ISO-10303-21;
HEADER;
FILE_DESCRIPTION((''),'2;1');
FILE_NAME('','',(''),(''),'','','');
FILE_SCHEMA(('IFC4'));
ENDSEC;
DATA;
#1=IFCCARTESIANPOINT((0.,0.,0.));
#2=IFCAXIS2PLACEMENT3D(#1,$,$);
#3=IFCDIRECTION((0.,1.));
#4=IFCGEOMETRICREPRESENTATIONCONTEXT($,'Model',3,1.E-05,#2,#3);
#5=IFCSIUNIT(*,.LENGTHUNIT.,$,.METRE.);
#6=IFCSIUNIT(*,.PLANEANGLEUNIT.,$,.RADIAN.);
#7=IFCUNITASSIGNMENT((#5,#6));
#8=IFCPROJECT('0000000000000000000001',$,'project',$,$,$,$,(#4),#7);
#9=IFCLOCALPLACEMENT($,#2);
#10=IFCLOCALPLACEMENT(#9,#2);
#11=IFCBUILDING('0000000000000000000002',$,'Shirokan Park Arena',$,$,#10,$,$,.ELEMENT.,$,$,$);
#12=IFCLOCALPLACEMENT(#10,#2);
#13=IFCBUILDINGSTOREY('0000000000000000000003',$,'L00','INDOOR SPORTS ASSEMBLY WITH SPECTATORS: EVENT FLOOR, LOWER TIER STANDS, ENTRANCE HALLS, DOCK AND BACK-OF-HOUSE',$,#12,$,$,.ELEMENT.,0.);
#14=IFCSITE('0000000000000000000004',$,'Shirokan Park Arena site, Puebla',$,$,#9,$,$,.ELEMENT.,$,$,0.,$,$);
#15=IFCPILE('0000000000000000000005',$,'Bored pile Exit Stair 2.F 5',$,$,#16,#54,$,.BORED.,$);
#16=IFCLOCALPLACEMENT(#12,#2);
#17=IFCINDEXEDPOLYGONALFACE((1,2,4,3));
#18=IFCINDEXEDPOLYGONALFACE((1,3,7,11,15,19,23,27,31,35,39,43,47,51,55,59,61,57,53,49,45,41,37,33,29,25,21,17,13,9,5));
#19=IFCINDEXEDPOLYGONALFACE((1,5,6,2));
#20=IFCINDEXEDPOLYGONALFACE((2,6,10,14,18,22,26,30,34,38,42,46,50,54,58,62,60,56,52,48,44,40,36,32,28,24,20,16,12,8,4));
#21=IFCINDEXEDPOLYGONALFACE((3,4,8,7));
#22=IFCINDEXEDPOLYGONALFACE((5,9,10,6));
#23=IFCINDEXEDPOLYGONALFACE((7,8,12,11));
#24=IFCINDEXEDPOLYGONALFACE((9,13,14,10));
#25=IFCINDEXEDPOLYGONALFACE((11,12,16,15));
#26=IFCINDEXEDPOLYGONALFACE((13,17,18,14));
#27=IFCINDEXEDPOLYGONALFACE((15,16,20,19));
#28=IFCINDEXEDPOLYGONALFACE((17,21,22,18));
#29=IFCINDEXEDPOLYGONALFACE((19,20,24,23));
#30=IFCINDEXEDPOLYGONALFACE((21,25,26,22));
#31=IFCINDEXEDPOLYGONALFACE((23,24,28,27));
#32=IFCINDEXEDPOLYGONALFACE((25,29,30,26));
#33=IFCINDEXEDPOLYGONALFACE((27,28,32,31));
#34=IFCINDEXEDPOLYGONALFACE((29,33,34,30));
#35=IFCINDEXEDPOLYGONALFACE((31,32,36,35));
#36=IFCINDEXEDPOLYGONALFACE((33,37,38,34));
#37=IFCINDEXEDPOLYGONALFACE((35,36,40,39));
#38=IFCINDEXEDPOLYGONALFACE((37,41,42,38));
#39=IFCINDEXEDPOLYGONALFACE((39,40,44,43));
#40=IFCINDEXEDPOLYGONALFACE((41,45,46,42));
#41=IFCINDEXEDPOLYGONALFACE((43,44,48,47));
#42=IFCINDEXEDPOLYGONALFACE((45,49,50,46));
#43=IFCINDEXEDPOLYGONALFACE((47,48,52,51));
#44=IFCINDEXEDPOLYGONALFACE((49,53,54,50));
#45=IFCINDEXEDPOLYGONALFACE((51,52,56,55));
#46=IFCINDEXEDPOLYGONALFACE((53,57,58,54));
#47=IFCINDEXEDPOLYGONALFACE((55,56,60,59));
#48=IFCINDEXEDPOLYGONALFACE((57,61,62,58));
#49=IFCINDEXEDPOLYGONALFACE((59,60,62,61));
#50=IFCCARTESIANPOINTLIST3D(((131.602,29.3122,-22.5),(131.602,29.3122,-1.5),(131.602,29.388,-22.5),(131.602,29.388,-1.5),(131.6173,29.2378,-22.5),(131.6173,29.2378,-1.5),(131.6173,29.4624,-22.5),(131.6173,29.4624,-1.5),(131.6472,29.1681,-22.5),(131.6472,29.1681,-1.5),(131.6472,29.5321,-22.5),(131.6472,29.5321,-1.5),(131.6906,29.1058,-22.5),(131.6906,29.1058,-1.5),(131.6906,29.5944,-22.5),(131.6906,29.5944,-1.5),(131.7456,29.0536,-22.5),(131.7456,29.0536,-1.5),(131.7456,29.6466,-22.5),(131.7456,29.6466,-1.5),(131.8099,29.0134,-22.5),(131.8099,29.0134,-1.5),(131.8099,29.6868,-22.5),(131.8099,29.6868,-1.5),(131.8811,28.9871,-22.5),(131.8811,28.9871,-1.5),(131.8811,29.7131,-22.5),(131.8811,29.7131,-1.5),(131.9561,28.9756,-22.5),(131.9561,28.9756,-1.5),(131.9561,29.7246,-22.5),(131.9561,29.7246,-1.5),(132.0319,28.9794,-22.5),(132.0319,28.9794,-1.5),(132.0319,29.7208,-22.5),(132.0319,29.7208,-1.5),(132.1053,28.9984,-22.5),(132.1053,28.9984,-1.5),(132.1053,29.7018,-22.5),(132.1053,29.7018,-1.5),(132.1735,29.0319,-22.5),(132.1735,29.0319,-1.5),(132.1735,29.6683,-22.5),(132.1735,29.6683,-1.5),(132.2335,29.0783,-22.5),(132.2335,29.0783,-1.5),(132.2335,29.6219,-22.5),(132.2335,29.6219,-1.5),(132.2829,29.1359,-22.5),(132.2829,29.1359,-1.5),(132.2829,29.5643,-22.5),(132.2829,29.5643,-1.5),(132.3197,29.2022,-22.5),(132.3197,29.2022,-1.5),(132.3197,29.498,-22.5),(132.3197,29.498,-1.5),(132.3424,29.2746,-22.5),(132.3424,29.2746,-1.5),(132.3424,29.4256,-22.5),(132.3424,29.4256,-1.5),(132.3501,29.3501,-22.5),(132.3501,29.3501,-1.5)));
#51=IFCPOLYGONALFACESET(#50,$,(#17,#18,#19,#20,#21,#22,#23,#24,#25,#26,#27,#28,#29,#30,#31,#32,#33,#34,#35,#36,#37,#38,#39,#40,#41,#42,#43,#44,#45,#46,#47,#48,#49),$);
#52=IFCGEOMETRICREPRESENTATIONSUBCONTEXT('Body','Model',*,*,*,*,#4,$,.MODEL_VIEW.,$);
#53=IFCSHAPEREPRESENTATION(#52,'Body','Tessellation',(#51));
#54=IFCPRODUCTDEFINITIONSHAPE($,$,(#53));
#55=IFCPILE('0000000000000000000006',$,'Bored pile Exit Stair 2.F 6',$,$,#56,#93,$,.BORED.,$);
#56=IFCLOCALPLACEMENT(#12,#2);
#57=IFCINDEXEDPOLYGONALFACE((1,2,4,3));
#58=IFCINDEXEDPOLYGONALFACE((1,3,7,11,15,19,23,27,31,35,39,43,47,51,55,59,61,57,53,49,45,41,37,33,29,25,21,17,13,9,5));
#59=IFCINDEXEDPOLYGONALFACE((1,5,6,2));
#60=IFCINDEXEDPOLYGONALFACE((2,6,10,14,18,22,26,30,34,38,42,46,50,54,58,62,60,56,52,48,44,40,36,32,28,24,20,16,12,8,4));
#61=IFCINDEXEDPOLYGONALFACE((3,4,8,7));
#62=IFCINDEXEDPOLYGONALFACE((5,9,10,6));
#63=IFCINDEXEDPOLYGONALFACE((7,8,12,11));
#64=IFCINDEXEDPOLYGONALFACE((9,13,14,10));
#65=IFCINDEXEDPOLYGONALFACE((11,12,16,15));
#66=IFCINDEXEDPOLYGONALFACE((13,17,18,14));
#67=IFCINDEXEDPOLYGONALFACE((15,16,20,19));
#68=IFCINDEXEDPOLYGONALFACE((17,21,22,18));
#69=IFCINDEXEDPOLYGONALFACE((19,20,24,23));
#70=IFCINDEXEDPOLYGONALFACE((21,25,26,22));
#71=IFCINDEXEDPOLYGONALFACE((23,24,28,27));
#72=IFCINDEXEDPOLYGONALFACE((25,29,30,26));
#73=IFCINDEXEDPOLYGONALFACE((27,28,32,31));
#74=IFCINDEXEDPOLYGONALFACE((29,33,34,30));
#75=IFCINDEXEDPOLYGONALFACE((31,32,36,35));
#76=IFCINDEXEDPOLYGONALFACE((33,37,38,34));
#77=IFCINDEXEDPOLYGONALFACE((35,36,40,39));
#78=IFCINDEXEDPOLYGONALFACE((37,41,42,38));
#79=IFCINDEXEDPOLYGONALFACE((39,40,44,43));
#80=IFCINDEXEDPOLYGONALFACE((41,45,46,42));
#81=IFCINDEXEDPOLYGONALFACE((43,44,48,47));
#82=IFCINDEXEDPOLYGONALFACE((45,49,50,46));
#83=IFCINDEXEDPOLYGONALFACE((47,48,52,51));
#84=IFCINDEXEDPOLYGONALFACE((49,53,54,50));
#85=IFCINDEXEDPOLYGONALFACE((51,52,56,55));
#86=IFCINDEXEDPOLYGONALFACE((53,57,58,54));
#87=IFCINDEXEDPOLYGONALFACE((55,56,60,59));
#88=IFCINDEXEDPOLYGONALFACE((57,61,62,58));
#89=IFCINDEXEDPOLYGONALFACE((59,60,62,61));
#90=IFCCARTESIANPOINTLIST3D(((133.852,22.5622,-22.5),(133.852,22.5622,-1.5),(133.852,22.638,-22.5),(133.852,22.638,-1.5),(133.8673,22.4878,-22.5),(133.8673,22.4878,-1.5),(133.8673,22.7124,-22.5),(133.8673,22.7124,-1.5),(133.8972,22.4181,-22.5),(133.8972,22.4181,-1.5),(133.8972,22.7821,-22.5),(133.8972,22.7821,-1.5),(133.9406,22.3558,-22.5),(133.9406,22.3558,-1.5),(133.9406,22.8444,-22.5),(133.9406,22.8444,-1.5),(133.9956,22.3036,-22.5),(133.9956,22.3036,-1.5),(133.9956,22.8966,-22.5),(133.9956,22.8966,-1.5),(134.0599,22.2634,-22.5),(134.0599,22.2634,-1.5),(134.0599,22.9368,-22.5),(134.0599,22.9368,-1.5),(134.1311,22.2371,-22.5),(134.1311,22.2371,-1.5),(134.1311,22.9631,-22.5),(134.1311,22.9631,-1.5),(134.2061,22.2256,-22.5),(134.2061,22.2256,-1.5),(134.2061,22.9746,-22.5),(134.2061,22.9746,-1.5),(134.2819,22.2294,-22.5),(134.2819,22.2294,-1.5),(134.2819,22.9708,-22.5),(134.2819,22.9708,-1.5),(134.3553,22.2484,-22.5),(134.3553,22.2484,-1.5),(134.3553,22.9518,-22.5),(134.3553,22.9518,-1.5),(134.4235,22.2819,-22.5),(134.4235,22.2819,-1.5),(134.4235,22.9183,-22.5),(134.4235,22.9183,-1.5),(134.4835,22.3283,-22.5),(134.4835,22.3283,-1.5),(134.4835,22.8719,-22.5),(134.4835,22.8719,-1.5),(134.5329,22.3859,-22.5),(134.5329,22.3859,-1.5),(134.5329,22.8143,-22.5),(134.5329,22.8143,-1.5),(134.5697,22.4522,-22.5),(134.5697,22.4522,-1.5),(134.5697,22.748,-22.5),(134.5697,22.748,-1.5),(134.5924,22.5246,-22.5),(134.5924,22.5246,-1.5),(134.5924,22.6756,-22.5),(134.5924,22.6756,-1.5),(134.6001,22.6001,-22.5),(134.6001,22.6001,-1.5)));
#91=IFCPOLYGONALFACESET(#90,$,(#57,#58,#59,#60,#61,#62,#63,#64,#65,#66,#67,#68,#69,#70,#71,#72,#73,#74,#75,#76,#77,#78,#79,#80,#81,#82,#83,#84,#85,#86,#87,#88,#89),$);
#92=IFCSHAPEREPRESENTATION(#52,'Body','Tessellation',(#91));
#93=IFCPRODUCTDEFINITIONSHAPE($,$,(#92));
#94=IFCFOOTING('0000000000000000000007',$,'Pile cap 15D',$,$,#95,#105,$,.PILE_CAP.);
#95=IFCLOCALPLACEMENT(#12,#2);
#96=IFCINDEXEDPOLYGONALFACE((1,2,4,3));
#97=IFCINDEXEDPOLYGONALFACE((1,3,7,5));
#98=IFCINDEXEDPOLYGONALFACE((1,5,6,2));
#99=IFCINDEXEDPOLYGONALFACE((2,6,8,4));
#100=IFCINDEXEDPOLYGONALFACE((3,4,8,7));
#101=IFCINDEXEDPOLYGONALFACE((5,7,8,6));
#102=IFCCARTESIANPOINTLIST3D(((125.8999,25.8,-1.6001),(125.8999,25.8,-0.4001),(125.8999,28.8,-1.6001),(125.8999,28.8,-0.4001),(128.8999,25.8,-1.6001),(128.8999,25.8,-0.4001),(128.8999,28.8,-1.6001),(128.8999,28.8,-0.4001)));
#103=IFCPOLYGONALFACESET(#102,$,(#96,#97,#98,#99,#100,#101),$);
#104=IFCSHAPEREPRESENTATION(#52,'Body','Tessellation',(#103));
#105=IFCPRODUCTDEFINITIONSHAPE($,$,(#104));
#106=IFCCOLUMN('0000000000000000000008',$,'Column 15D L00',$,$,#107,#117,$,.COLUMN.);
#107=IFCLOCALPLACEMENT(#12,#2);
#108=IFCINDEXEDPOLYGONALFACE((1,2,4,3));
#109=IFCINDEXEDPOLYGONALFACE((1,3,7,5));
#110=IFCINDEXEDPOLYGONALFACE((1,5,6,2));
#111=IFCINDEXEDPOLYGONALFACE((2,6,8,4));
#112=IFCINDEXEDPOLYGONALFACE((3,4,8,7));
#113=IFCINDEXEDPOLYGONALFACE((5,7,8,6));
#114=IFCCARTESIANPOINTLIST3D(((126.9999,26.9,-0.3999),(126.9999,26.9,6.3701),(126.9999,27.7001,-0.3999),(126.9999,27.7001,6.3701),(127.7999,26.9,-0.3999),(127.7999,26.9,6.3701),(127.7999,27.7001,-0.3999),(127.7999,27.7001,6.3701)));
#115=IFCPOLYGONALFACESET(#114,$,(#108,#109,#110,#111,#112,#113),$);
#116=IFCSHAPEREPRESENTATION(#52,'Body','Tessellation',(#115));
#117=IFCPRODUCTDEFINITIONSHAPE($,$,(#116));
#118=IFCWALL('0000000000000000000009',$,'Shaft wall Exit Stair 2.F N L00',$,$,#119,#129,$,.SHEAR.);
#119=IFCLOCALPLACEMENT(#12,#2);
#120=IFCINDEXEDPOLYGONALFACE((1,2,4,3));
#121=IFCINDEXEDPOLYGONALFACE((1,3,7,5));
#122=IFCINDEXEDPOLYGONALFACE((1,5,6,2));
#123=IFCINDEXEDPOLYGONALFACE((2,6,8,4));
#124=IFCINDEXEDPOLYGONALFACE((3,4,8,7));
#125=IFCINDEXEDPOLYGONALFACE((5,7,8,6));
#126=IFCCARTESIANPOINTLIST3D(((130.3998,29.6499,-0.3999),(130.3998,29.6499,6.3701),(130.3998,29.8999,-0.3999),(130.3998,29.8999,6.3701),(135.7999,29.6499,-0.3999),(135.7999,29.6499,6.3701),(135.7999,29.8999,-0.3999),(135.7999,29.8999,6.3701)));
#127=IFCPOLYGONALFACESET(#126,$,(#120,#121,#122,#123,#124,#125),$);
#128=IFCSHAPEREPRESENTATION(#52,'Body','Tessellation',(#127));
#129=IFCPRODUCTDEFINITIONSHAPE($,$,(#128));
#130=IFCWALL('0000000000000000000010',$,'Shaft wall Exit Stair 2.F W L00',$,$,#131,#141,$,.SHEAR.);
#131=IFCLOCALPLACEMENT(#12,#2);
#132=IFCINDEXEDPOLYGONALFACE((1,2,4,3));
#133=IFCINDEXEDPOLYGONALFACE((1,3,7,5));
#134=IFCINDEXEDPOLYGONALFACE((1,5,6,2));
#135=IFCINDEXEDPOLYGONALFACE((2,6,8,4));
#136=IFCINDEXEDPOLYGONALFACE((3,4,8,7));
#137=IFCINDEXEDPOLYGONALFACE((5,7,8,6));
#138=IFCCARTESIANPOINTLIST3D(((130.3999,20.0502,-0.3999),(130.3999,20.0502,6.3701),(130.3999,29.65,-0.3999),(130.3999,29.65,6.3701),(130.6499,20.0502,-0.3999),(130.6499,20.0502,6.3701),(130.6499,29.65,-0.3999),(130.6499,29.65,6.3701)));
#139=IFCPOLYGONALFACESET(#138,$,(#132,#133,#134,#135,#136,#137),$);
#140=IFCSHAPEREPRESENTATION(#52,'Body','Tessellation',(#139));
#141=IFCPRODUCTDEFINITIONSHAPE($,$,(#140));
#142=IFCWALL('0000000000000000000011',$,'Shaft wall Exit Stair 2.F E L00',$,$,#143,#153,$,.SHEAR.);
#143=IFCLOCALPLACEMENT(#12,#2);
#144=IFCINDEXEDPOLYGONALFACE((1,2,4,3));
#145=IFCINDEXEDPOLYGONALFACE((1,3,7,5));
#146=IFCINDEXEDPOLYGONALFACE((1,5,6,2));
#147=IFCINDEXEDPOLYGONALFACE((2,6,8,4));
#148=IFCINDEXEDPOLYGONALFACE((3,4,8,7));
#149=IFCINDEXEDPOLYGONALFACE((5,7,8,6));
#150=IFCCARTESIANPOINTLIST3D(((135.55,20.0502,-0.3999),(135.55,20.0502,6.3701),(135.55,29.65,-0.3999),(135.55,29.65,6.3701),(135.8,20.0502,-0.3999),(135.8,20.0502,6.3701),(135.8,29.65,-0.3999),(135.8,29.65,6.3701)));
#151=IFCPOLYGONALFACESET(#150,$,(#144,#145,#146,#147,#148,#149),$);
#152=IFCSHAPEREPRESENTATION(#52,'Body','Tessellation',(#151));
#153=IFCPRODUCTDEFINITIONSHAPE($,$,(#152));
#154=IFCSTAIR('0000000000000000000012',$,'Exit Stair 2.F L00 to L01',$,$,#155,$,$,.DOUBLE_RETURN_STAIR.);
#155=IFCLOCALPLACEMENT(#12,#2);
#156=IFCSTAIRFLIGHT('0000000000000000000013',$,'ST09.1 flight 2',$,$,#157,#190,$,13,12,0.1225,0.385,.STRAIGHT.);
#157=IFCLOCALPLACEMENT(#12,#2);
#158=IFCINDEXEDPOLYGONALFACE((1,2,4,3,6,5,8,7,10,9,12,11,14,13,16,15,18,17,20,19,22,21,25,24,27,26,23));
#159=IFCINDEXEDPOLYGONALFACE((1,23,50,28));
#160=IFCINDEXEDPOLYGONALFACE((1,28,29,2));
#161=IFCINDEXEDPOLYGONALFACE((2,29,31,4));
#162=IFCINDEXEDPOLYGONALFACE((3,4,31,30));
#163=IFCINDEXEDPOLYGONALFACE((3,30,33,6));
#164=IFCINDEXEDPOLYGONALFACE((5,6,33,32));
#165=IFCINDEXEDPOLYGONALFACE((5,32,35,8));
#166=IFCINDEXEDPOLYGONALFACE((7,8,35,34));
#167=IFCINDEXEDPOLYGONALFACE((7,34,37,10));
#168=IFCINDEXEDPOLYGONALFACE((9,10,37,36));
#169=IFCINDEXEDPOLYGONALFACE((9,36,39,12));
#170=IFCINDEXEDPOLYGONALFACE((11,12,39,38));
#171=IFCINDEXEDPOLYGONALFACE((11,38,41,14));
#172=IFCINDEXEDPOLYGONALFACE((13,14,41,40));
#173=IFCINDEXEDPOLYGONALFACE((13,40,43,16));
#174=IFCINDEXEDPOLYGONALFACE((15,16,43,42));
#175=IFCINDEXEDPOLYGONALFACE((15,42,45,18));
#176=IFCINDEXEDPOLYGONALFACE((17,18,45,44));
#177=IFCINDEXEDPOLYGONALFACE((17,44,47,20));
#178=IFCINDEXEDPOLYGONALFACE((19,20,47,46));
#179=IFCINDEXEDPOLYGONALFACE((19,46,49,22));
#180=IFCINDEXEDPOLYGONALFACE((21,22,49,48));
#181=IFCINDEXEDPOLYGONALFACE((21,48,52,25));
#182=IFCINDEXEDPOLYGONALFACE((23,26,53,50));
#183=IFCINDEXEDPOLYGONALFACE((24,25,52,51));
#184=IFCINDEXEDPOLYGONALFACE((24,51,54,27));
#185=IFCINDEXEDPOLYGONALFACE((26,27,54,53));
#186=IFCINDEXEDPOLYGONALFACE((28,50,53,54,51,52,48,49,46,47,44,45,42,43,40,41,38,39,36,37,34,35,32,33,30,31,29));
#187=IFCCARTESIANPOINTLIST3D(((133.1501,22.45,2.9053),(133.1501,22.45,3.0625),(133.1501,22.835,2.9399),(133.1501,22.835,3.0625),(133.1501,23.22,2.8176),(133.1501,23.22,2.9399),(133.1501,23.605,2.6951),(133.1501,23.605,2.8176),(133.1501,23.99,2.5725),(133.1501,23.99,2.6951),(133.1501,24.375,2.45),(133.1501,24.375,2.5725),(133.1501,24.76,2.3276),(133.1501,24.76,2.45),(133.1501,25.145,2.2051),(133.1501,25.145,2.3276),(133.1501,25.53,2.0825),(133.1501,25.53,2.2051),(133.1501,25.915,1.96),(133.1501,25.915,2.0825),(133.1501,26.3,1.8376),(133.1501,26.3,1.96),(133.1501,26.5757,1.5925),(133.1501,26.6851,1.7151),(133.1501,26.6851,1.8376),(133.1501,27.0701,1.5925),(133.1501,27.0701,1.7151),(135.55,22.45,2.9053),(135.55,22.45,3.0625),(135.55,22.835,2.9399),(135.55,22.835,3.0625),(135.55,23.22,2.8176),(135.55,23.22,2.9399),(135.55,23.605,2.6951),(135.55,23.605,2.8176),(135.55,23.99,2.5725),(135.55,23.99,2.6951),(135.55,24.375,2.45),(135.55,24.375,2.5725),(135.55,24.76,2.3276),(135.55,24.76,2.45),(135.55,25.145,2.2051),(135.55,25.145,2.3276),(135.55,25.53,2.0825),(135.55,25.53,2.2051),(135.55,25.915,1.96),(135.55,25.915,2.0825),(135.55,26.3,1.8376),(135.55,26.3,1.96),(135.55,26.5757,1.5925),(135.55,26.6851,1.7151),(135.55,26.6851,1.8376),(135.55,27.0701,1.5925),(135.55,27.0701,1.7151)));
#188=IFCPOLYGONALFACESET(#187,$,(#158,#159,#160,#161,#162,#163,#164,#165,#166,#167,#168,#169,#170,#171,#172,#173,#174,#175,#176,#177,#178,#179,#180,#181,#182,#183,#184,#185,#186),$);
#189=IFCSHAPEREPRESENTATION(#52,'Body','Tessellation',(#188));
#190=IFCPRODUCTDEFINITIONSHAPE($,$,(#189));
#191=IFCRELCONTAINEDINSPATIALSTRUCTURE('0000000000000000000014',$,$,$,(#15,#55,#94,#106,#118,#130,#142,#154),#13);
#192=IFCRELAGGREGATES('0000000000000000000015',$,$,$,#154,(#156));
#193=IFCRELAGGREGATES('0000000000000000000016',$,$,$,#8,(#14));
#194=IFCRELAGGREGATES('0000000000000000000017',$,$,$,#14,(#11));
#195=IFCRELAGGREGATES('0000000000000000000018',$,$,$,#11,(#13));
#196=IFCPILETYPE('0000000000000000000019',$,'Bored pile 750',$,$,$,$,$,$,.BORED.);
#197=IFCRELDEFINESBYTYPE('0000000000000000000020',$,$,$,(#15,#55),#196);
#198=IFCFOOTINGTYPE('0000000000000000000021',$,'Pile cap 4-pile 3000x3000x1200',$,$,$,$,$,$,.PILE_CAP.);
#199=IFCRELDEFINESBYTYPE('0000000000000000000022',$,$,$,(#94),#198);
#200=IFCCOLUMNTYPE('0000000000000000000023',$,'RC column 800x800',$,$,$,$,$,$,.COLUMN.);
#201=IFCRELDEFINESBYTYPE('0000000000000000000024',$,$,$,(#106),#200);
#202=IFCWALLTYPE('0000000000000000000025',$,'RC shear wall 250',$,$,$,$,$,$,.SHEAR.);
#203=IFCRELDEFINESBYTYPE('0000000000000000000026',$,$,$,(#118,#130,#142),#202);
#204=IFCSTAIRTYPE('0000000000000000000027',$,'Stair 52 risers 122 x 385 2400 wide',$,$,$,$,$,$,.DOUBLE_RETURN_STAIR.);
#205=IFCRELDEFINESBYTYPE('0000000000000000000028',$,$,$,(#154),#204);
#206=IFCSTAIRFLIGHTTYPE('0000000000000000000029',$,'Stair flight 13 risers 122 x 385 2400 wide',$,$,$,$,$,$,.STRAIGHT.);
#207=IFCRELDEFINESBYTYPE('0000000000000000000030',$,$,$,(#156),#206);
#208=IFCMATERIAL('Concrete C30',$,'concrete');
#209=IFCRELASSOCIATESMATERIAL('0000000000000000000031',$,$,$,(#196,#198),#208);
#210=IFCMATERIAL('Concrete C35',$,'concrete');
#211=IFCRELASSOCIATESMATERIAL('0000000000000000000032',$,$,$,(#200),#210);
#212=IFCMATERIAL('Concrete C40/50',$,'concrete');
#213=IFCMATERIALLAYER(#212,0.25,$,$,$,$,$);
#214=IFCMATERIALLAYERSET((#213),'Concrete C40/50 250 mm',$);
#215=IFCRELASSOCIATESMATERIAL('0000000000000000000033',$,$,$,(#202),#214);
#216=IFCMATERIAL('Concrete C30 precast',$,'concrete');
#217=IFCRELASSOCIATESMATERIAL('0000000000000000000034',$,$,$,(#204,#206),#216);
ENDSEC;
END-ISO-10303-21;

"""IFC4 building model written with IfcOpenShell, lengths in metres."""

from ifc_helpers import new_model, si_unit, direction, frame, frame_2d, origin, origin_2d, place, context, subcontext, project, spatial, polyline, rectangle, circle, outline, extrude, material, layer, layer_set, material_profile, profile_set, type_object, element, aggregate, save


model = new_model("IFC4")

# Units and contexts
model_context = context("Model", 3, precision=1e-05, world=origin(), true_north=direction((0.0, 1.0)))
body_context = subcontext(model_context, "Body", "Model", "MODEL_VIEW")
ifc_project = project(units=[si_unit("LENGTHUNIT", "METRE"), si_unit("PLANEANGLEUNIT", "RADIAN")], contexts=[model_context])

# Site, building, storey
site_placement = place(None, origin())
site = spatial("IfcSite", under=ifc_project, at=site_placement, Name="Shirokan Park Arena site, Puebla", CompositionType="ELEMENT", RefElevation=0.0)
building_placement = place(site_placement, origin())
building = spatial("IfcBuilding", under=site, at=building_placement, Name="Shirokan Park Arena", CompositionType="ELEMENT")
storey_placement = place(building_placement, origin())
storey = spatial("IfcBuildingStorey", under=building, at=storey_placement, Name="L00", Description="INDOOR SPORTS ASSEMBLY WITH SPECTATORS: EVENT FLOOR, LOWER TIER STANDS, ENTRANCE HALLS, DOCK AND BACK-OF-HOUSE", CompositionType="ELEMENT", Elevation=0.0)

# Piles
ifc_material_1 = material(Name="Concrete C30", Category="concrete")
ifc_material_profile_1 = material_profile(ifc_material_1, circle(Radius=0.375, at=origin_2d()), Name="D750")
ifc_profile_set_1 = profile_set([ifc_material_profile_1], Name="Concrete C30")
pile_type_1 = type_object("IfcPileType", Name="Bored pile 750", PredefinedType="BORED", material=ifc_profile_set_1)
for number, where, z_axis, x_axis, name in (
    (1, (131.9751, 29.3501, -1.5), (0.0, 0.0, -1.0), (1.0, 0.0, 0.0), "Bored pile Exit Stair 2.F 5"),
    (2, (134.2251, 22.6001, -1.5), (0.0, 0.0, -1.0), (1.0, 0.0, 0.0), "Bored pile Exit Stair 2.F 6"),
):
    element("IfcPile", number, at=place(storey_placement, frame(where, z_axis=z_axis, x_axis=x_axis)), inside=storey, type_object=pile_type_1, Name=name, PredefinedType="BORED", context=body_context, shape_type="SweptSolid", body=[
        extrude(circle(Radius=0.375, at=origin_2d()), origin(), (0.0, 0.0, 1.0), 21.0),
    ])

# Footing
footing_type = type_object("IfcFootingType", Name="Pile cap 4-pile 3000x3000x1200", PredefinedType="PILE_CAP", material=ifc_material_1)
footing_placement = place(storey_placement, frame((127.3999, 27.3, -1.6001), z_axis=(0.0, 0.0, 1.0), x_axis=(1.0, 0.0, 0.0)))
element("IfcFooting", 3, at=footing_placement, inside=storey, type_object=footing_type, Name="Pile cap 15D", PredefinedType="PILE_CAP", context=body_context, shape_type="SweptSolid", body=[
    extrude(rectangle(XDim=3.0, YDim=3.0, at=origin_2d()), origin(), (0.0, 0.0, 1.0), 1.2),
])

# Column
ifc_material_2 = material(Name="Concrete C35", Category="concrete")
ifc_material_profile_2 = material_profile(ifc_material_2, rectangle(XDim=0.8, YDim=0.8, at=origin_2d()), Name="800x800")
ifc_profile_set_2 = profile_set([ifc_material_profile_2], Name="Concrete C35")
column_type = type_object("IfcColumnType", Name="RC column 800x800", PredefinedType="COLUMN", material=ifc_profile_set_2)
column_placement = place(storey_placement, frame((127.3999, 27.3, -0.3999), z_axis=(0.0, 0.0, 1.0), x_axis=(1.0, 0.0, 0.0)))
element("IfcColumn", 4, at=column_placement, inside=storey, type_object=column_type, Name="Column 15D L00", PredefinedType="COLUMN", context=body_context, shape_type="SweptSolid", body=[
    extrude(rectangle(XDim=0.8, YDim=0.8, at=origin_2d()), origin(), (0.0, 0.0, 1.0), 6.77),
])

# Walls
ifc_material_3 = material(Name="Concrete C40/50", Category="concrete")
ifc_layer = layer(ifc_material_3, 0.25)
ifc_layer_set = layer_set([ifc_layer], Name="Concrete C40/50 250 mm")
wall_type = type_object("IfcWallType", Name="RC shear wall 250", PredefinedType="SHEAR", material=ifc_layer_set)
wall_placement = place(storey_placement, frame((135.8, 29.7749, -0.3999), z_axis=(0.0, 0.0, 1.0), x_axis=(-1.0, 0.0, 0.0)))
element("IfcWall", 5, at=wall_placement, inside=storey, type_object=wall_type, Name="Shaft wall Exit Stair 2.F N L00", PredefinedType="SHEAR", context=body_context, shape_type="SweptSolid", body=[
    extrude(rectangle(XDim=5.4001, YDim=0.25, at=frame_2d((2.7002, 0.0))), origin(), (0.0, 0.0, 1.0), 6.77),
])
for number, where, z_axis, x_axis, name in (
    (6, (130.5249, 29.6499, -0.3999), (0.0, 0.0, 1.0), (0.0, -1.0, 0.0), "Shaft wall Exit Stair 2.F W L00"),
    (7, (135.675, 29.6499, -0.3999), (0.0, 0.0, 1.0), (0.0, -1.0, 0.0), "Shaft wall Exit Stair 2.F E L00"),
):
    element("IfcWall", number, at=place(storey_placement, frame(where, z_axis=z_axis, x_axis=x_axis)), inside=storey, type_object=wall_type, Name=name, PredefinedType="SHEAR", context=body_context, shape_type="SweptSolid", body=[
        extrude(rectangle(XDim=9.5999, YDim=0.25, at=frame_2d((4.7998, 0.0))), origin(), (0.0, 0.0, 1.0), 6.77),
    ])

# Stair, stair flight
ifc_material_4 = material(Name="Concrete C30 precast", Category="concrete")
stair_type = type_object("IfcStairType", Name="Stair 52 risers 122 x 385 2400 wide", PredefinedType="DOUBLE_RETURN_STAIR", material=ifc_material_4)
stair_placement = place(storey_placement, origin())
stair = element("IfcStair", 8, at=stair_placement, inside=storey, type_object=stair_type, Name="Exit Stair 2.F L00 to L01", PredefinedType="DOUBLE_RETURN_STAIR")
stair_flight_type = type_object("IfcStairFlightType", Name="Stair flight 13 risers 122 x 385 2400 wide", PredefinedType="STRAIGHT", material=ifc_material_4)
stair_flight_1_placement = place(storey_placement, frame((134.3501, 27.0701, 1.5925), z_axis=(0.0, 0.0, 1.0), x_axis=(0.0, -1.0, 0.0)))
stair_flight_1 = element("IfcStairFlight", 9, at=stair_flight_1_placement, type_object=stair_flight_type, Name="ST09.1 flight 2", NumberOfRisers=13, NumberOfTreads=12, PredefinedType="STRAIGHT", RiserHeight=0.1225, TreadLength=0.385, context=body_context, shape_type="SweptSolid", body=[
    extrude(outline(polyline([(0.0, 0.0), (0.0, 0.1226), (0.385, 0.1226), (0.385, 0.2451), (0.77, 0.2451), (0.77, 0.3674), (1.155, 0.3674), (1.155, 0.49), (1.54, 0.49), (1.54, 0.6125), (1.925, 0.6125), (1.925, 0.7351), (2.3101, 0.7351), (2.3101, 0.8574), (2.6951, 0.8574), (2.6951, 0.98), (3.0801, 0.98), (3.0801, 1.1025), (3.4651, 1.1025), (3.4651, 1.2251), (3.8501, 1.2251), (3.8501, 1.3474), (4.2351, 1.3474), (4.2351, 1.47), (4.6201, 1.47), (4.6201, 1.5925), (4.6201, 1.3127), (0.4944, 0.0), (0.0, 0.0)])), frame((0.0, 1.2, 0.0), z_axis=(0.0, -1.0, 0.0), x_axis=(1.0, 0.0, 0.0)), (0.0, 0.0, 1.0), 2.3999),
])
aggregate(stair, [stair_flight_1])

save(model, "model.ifc")
